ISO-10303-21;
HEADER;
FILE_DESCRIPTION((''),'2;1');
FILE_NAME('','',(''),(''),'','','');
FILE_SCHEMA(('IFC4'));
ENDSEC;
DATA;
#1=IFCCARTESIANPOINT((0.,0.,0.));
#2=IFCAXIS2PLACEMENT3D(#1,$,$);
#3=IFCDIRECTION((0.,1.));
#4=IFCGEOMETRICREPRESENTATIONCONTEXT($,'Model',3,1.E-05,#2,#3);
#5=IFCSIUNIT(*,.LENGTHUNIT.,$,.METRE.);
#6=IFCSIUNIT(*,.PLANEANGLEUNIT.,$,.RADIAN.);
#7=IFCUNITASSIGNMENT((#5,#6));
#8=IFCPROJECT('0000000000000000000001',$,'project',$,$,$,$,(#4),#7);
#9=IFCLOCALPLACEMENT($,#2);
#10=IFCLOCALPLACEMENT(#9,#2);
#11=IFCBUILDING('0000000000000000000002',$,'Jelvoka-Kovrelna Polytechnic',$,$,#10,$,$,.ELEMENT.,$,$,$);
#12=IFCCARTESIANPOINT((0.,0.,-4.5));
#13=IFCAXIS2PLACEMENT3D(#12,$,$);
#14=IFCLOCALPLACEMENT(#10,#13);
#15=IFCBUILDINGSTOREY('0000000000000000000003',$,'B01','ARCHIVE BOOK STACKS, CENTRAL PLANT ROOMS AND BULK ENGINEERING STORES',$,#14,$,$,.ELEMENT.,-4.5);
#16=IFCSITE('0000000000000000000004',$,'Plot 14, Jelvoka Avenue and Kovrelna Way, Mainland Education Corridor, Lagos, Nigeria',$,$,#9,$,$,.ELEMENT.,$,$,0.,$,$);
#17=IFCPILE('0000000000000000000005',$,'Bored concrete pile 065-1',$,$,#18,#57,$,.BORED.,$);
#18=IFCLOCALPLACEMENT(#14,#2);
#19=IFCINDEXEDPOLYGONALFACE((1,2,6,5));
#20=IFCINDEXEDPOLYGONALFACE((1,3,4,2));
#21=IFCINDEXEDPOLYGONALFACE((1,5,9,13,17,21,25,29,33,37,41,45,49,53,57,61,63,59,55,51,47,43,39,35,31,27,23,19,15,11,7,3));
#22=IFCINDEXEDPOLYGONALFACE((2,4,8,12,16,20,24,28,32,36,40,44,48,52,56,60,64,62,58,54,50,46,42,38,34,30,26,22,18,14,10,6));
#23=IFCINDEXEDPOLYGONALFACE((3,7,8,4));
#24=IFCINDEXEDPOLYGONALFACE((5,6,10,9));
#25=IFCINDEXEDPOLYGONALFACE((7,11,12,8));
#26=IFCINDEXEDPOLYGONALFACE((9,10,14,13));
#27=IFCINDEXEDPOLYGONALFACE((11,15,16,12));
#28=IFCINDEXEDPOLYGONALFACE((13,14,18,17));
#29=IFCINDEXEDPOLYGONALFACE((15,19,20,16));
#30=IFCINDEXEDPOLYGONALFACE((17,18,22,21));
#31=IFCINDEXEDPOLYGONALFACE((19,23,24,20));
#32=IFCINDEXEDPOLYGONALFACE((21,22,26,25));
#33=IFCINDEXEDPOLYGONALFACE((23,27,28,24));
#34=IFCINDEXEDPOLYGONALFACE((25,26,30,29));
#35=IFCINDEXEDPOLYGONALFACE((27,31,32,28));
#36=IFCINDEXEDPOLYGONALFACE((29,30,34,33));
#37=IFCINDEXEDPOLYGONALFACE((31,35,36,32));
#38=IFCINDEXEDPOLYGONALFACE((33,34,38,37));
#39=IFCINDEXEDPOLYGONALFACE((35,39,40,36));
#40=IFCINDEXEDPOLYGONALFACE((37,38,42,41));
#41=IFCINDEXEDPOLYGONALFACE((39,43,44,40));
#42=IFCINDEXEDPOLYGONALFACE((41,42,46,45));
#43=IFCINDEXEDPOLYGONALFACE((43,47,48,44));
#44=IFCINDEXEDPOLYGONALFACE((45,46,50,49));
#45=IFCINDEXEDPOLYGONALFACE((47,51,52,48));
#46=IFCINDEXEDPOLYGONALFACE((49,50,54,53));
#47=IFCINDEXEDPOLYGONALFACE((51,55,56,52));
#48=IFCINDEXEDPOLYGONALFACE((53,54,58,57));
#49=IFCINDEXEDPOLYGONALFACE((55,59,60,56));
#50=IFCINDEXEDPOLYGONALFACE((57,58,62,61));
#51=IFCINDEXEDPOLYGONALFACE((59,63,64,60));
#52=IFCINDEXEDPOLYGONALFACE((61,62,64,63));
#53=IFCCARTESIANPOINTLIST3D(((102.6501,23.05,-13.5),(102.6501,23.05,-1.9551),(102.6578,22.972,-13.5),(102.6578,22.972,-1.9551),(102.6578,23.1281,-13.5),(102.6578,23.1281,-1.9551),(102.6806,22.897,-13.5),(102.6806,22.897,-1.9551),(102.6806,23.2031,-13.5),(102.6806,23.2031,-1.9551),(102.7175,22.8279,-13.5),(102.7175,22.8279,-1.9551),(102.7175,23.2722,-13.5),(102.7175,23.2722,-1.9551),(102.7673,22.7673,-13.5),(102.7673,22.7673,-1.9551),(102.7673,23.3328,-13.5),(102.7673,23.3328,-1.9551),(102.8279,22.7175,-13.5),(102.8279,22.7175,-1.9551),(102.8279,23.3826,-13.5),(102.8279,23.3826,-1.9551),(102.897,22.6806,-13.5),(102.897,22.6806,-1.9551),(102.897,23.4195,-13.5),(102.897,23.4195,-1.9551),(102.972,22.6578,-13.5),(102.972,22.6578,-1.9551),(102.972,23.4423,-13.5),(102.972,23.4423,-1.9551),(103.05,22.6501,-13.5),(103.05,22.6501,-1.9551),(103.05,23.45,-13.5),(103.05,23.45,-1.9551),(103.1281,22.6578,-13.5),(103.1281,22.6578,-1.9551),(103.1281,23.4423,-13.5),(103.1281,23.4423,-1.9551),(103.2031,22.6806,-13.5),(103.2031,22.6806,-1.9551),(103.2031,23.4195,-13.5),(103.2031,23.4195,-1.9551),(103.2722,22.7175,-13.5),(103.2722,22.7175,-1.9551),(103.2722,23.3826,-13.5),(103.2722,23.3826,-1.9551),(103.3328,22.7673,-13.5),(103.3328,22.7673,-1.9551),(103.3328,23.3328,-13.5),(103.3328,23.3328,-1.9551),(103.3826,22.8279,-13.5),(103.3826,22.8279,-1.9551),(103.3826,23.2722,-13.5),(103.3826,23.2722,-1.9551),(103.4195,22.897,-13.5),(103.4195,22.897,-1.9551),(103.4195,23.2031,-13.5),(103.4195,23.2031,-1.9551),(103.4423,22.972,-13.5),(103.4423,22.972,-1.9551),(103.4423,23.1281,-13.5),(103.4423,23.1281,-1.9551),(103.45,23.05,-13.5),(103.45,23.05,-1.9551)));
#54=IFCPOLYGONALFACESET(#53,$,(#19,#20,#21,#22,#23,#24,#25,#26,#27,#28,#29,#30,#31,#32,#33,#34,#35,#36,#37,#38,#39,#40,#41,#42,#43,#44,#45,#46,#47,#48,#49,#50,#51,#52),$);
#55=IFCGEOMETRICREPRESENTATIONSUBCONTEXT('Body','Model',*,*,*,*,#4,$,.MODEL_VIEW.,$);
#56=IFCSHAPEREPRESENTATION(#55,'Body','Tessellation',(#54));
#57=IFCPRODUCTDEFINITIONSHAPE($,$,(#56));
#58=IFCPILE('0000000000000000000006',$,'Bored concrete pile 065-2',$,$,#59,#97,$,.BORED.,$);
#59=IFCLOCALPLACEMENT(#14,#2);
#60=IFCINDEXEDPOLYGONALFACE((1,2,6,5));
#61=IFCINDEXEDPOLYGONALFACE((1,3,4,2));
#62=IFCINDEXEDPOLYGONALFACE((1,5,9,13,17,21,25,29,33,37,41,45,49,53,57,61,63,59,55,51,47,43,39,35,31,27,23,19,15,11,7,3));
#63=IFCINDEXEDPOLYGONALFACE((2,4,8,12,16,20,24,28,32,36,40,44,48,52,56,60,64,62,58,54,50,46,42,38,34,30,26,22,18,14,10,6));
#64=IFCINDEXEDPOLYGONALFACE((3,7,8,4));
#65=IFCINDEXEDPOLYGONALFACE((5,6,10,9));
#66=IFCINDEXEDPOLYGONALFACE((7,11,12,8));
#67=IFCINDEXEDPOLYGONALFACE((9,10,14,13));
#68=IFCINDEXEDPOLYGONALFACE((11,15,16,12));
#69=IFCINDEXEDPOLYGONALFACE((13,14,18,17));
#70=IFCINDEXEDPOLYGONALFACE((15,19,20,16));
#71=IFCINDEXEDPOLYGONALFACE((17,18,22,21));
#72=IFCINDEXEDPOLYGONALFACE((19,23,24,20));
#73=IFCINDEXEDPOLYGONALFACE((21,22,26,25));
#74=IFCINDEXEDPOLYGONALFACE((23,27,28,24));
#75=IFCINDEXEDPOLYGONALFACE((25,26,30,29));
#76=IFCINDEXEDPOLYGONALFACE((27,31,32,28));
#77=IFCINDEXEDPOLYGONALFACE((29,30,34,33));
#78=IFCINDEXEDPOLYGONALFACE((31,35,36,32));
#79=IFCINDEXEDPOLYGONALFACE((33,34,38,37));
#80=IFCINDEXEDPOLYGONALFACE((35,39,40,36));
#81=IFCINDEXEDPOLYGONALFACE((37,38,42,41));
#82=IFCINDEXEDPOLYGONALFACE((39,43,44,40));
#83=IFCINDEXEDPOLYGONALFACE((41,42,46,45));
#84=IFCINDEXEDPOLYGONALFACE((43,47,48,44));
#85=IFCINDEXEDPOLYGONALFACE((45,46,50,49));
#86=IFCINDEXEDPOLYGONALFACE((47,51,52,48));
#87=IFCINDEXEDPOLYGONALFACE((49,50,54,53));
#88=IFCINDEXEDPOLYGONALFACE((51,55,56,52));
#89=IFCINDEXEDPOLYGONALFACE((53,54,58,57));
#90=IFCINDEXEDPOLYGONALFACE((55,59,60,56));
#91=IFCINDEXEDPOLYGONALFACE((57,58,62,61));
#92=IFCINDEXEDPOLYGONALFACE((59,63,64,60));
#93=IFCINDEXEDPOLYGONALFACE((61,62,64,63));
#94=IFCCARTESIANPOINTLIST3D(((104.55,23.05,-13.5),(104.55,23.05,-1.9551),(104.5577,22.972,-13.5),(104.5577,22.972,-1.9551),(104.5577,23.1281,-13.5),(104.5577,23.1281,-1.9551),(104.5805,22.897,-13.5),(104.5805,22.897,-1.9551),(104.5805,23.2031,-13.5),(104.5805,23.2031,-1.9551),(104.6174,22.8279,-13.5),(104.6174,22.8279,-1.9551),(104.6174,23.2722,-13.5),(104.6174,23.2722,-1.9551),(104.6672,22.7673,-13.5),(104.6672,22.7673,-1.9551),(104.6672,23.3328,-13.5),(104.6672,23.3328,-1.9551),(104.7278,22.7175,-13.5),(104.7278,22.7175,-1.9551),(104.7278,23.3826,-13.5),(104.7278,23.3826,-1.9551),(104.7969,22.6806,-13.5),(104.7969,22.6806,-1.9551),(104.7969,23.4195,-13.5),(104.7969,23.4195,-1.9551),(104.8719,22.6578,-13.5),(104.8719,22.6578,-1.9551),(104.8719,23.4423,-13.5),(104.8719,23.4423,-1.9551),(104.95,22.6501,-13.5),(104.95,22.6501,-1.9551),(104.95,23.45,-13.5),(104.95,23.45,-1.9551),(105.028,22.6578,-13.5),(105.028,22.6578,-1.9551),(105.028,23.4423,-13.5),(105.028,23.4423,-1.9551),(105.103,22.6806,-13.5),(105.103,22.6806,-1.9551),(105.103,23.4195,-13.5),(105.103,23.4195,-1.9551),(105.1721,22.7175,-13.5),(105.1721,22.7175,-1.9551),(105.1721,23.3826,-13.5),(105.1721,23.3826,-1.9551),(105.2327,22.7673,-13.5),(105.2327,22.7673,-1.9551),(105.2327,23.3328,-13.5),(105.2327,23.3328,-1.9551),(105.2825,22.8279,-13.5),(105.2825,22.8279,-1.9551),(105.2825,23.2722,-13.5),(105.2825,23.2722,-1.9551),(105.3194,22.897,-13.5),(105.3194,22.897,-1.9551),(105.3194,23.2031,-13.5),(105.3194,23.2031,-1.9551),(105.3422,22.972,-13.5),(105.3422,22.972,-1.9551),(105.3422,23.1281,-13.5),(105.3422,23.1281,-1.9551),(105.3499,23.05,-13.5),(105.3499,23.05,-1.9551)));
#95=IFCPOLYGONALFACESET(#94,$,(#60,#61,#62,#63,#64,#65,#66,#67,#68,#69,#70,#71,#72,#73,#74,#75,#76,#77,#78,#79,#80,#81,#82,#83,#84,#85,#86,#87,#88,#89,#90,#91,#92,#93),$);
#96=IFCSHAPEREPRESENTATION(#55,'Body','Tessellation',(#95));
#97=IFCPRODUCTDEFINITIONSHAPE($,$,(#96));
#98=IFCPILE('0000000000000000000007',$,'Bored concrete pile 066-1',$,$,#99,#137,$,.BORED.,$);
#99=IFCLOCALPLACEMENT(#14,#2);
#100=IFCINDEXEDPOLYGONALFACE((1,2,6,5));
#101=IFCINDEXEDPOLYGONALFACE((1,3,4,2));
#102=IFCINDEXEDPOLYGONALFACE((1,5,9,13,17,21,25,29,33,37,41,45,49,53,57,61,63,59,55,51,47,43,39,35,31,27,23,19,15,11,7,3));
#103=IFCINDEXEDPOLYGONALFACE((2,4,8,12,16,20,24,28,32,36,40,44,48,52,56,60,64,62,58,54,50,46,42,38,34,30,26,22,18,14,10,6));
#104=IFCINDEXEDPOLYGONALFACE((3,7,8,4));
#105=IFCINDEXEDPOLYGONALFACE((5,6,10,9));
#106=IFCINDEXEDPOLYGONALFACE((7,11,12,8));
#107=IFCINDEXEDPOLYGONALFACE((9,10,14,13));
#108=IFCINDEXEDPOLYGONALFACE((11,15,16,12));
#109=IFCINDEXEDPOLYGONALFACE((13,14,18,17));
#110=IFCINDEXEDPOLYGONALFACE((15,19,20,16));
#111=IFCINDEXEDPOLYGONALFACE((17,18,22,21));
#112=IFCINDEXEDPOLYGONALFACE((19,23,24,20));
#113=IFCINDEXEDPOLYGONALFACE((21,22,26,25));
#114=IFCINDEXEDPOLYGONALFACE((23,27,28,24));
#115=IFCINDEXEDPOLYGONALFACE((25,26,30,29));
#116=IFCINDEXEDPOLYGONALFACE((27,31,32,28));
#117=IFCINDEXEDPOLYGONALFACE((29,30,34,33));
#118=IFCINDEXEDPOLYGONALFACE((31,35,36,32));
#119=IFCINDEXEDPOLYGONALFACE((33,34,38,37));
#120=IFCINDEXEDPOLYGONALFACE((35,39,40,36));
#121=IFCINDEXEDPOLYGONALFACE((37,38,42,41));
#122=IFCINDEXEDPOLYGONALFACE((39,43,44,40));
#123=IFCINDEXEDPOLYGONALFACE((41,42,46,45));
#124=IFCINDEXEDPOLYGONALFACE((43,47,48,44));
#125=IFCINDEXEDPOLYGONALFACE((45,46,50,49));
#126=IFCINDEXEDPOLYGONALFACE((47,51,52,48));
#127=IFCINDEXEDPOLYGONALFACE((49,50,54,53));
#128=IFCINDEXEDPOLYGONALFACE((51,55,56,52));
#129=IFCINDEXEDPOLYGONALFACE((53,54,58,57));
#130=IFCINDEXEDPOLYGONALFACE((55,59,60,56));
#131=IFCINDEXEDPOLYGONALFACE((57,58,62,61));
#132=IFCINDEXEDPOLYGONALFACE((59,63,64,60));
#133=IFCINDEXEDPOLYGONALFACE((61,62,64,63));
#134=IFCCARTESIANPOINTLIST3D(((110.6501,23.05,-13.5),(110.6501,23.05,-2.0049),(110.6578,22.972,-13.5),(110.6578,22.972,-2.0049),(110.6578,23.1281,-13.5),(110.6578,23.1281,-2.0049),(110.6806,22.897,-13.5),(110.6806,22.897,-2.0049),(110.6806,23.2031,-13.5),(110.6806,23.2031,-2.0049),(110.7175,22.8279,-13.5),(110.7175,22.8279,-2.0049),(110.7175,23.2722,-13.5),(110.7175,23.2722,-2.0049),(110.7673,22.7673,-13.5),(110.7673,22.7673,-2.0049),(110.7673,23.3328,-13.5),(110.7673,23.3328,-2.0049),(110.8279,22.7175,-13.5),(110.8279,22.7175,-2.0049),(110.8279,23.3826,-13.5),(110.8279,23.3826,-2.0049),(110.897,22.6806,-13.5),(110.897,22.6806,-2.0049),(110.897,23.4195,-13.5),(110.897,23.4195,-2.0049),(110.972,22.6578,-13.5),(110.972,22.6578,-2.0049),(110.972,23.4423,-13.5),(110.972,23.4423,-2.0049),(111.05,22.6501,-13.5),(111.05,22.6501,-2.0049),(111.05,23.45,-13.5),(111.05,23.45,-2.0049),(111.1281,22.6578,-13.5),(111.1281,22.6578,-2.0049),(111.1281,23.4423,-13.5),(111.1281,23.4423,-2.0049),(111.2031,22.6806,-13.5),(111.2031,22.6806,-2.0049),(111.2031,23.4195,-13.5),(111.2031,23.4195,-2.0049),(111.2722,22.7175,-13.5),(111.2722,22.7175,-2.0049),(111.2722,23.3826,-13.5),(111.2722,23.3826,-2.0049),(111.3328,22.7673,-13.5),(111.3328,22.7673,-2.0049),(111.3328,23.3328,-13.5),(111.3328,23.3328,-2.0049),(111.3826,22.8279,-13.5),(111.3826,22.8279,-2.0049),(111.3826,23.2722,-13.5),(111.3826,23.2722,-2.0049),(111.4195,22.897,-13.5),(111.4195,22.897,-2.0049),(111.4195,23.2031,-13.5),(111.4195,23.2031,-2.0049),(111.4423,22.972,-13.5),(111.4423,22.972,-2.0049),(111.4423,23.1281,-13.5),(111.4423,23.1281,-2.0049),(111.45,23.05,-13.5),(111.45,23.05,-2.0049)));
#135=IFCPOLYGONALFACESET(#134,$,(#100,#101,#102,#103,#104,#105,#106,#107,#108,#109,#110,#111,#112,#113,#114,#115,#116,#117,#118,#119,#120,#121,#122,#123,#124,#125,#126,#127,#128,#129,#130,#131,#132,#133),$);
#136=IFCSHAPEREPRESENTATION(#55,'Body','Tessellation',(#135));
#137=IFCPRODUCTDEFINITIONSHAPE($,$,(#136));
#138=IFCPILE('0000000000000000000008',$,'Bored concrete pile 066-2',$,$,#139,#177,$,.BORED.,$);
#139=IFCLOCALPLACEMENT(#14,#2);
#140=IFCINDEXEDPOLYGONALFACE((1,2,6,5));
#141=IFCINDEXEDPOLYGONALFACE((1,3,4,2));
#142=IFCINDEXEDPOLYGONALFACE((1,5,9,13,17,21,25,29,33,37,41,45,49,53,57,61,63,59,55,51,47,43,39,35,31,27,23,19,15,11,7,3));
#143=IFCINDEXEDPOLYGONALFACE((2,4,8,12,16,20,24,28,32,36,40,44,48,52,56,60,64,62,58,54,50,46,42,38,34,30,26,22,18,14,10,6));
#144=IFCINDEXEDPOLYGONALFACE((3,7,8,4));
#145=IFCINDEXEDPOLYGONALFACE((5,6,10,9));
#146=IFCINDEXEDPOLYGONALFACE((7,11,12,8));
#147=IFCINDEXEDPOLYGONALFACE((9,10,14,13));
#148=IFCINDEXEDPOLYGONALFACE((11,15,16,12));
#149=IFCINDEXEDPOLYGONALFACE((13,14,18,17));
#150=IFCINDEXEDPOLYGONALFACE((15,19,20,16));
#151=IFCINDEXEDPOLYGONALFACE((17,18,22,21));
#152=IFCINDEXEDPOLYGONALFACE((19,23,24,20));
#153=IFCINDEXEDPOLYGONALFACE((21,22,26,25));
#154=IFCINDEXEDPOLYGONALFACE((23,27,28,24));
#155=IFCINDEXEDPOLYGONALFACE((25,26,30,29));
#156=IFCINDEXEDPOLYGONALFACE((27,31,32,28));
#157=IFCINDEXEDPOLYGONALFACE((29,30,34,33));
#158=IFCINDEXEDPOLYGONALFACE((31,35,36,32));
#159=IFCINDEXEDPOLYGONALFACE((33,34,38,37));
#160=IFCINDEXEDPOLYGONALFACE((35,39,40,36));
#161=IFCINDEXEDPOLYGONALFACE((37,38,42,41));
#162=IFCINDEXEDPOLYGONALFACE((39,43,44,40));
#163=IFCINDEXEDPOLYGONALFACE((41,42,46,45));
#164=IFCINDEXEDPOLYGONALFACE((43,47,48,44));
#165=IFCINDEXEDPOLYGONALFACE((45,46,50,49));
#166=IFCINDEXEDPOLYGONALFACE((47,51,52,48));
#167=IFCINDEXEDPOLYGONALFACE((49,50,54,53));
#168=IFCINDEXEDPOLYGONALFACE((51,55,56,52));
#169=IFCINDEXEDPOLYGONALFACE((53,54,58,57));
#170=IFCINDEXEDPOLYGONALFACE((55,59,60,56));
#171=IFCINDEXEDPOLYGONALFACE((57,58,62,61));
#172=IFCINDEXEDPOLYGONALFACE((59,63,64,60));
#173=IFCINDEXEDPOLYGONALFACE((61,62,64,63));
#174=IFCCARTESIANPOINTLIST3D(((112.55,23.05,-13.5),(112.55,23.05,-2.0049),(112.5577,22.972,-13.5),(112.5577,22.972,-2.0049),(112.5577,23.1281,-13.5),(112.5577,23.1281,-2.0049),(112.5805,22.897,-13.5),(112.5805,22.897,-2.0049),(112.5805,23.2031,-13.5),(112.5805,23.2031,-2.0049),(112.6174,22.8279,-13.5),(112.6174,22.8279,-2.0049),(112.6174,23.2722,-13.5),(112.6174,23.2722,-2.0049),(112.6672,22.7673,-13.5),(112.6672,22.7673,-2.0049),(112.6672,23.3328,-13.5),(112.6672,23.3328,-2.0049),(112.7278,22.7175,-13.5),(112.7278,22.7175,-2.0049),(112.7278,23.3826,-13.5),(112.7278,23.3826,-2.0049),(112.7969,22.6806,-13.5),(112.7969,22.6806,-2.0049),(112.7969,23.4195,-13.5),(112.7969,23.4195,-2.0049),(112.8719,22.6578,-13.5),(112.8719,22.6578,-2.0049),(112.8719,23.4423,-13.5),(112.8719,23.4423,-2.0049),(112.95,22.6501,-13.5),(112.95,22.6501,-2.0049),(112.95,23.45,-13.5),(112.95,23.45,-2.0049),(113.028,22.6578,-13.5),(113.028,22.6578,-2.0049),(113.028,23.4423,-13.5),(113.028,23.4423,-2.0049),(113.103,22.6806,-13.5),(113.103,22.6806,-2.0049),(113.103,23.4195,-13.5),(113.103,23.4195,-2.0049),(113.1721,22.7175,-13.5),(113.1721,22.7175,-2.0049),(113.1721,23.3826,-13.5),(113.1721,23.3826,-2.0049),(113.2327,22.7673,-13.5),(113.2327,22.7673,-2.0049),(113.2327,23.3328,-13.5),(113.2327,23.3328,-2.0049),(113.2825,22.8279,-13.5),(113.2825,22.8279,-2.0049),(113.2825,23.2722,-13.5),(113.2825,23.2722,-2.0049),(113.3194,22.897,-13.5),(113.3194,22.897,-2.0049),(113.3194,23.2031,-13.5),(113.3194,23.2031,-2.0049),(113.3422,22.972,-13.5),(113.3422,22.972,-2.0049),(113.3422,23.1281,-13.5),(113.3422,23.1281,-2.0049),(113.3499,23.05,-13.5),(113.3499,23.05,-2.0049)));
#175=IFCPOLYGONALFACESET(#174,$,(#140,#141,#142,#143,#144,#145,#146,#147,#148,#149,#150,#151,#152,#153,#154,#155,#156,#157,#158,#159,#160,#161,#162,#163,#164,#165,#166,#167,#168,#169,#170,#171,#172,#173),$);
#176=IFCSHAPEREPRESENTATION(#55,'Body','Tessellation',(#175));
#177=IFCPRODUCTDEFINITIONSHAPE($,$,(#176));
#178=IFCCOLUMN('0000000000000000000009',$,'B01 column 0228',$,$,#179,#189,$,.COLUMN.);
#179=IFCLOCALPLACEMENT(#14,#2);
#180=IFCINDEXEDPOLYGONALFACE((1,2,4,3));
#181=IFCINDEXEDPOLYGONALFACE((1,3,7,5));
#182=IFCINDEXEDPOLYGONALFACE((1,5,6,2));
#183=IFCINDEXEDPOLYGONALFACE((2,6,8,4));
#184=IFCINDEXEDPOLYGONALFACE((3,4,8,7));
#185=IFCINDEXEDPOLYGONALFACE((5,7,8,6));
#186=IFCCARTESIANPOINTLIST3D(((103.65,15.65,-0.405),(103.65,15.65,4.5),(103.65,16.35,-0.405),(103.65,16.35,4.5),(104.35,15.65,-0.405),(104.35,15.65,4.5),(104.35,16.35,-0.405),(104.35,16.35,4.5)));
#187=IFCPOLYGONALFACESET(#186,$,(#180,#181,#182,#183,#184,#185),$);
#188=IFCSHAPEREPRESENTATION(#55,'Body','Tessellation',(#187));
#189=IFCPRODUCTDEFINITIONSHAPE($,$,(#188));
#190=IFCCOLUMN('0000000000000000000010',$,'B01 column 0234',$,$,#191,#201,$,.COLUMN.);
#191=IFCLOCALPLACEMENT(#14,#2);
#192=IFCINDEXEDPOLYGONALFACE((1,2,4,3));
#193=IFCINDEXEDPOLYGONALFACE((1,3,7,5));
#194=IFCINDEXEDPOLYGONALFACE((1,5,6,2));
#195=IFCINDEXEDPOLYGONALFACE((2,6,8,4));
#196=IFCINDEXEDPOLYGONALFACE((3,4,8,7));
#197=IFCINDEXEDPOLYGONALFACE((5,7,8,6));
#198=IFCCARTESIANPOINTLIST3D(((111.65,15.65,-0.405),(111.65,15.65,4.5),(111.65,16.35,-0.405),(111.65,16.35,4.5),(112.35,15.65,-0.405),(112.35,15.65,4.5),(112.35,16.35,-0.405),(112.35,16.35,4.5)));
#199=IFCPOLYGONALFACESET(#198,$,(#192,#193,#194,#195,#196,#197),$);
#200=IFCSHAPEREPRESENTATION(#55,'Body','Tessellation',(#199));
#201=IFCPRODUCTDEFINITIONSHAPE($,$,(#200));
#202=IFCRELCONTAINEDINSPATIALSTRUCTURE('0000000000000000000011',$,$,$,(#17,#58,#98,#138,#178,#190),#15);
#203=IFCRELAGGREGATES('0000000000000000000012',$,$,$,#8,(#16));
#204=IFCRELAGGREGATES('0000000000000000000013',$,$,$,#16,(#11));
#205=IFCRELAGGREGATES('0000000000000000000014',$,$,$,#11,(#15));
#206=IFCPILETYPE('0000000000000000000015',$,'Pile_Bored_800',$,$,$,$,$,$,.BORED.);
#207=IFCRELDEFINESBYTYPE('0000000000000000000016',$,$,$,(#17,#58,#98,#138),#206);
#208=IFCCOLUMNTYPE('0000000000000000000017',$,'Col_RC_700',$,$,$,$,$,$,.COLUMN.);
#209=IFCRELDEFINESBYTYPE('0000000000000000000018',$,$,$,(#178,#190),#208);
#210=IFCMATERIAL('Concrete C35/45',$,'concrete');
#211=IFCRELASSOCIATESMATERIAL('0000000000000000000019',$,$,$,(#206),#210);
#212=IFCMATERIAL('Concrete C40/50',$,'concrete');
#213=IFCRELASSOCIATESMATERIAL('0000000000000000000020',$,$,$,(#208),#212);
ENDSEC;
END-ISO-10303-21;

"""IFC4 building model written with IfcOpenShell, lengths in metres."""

from ifc_helpers import new_model, si_unit, direction, frame, origin, origin_2d, place, context, subcontext, project, spatial, rectangle, circle, extrude, material, material_profile, profile_set, type_object, element, save


model = new_model("IFC4")

# Units and contexts
model_context = context("Model", 3, precision=1e-05, world=origin(), true_north=direction((0.0, 1.0)))
body_context = subcontext(model_context, "Body", "Model", "MODEL_VIEW")
ifc_project = project(units=[si_unit("LENGTHUNIT", "METRE"), si_unit("PLANEANGLEUNIT", "RADIAN")], contexts=[model_context])

# Site, building, storey
site_placement = place(None, origin())
site = spatial("IfcSite", under=ifc_project, at=site_placement, Name="Plot 14, Jelvoka Avenue and Kovrelna Way, Mainland Education Corridor, Lagos, Nigeria", CompositionType="ELEMENT", RefElevation=0.0)
building_placement = place(site_placement, origin())
building = spatial("IfcBuilding", under=site, at=building_placement, Name="Jelvoka-Kovrelna Polytechnic", CompositionType="ELEMENT")
storey_placement = place(building_placement, frame((0.0, 0.0, -4.5)))
storey = spatial("IfcBuildingStorey", under=building, at=storey_placement, Name="B01", Description="ARCHIVE BOOK STACKS, CENTRAL PLANT ROOMS AND BULK ENGINEERING STORES", CompositionType="ELEMENT", Elevation=-4.5)

# Piles
ifc_material_1 = material(Name="Concrete C35/45", Category="concrete")
ifc_material_profile_1 = material_profile(ifc_material_1, circle(Radius=0.3999, at=origin_2d()), Name="PILE D800")
ifc_profile_set_1 = profile_set([ifc_material_profile_1], Name="Concrete C35/45")
pile_type = type_object("IfcPileType", Name="Pile_Bored_800", PredefinedType="BORED", material=ifc_profile_set_1)
for number, where, z_axis, x_axis, name in (
    (1, (103.05, 23.05, -1.9551), (0.0, 0.0, -1.0), (1.0, 0.0, 0.0), "Bored concrete pile 065-1"),
    (2, (104.95, 23.05, -1.9551), (0.0, 0.0, -1.0), (1.0, 0.0, 0.0), "Bored concrete pile 065-2"),
):
    element("IfcPile", number, at=place(storey_placement, frame(where, z_axis=z_axis, x_axis=x_axis)), inside=storey, type_object=pile_type, Name=name, PredefinedType="BORED", context=body_context, shape_type="SweptSolid", body=[
        extrude(circle(Radius=0.3999, at=origin_2d()), origin(), (0.0, 0.0, 1.0), 11.5449),
    ])
for number, where, z_axis, x_axis, name in (
    (3, (111.05, 23.05, -2.0049), (0.0, 0.0, -1.0), (1.0, 0.0, 0.0), "Bored concrete pile 066-1"),
    (4, (112.95, 23.05, -2.0049), (0.0, 0.0, -1.0), (1.0, 0.0, 0.0), "Bored concrete pile 066-2"),
):
    element("IfcPile", number, at=place(storey_placement, frame(where, z_axis=z_axis, x_axis=x_axis)), inside=storey, type_object=pile_type, Name=name, PredefinedType="BORED", context=body_context, shape_type="SweptSolid", body=[
        extrude(circle(Radius=0.3999, at=origin_2d()), origin(), (0.0, 0.0, 1.0), 11.4951),
    ])

# Columns
ifc_material_2 = material(Name="Concrete C40/50", Category="concrete")
ifc_material_profile_2 = material_profile(ifc_material_2, rectangle(XDim=0.7, YDim=0.7, at=origin_2d()), Name="RC 700x700")
ifc_profile_set_2 = profile_set([ifc_material_profile_2], Name="Concrete C40/50")
column_type = type_object("IfcColumnType", Name="Col_RC_700", PredefinedType="COLUMN", material=ifc_profile_set_2)
for number, where, z_axis, x_axis, name in (
    (5, (104.0, 16.0, -0.405), (0.0, 0.0, 1.0), (1.0, 0.0, 0.0), "B01 column 0228"),
    (6, (112.0, 16.0, -0.405), (0.0, 0.0, 1.0), (1.0, 0.0, 0.0), "B01 column 0234"),
):
    element("IfcColumn", number, at=place(storey_placement, frame(where, z_axis=z_axis, x_axis=x_axis)), inside=storey, type_object=column_type, Name=name, PredefinedType="COLUMN", context=body_context, shape_type="SweptSolid", body=[
        extrude(rectangle(XDim=0.7, YDim=0.7, at=origin_2d()), origin(), (0.0, 0.0, 1.0), 4.905),
    ])

save(model, "model.ifc")
